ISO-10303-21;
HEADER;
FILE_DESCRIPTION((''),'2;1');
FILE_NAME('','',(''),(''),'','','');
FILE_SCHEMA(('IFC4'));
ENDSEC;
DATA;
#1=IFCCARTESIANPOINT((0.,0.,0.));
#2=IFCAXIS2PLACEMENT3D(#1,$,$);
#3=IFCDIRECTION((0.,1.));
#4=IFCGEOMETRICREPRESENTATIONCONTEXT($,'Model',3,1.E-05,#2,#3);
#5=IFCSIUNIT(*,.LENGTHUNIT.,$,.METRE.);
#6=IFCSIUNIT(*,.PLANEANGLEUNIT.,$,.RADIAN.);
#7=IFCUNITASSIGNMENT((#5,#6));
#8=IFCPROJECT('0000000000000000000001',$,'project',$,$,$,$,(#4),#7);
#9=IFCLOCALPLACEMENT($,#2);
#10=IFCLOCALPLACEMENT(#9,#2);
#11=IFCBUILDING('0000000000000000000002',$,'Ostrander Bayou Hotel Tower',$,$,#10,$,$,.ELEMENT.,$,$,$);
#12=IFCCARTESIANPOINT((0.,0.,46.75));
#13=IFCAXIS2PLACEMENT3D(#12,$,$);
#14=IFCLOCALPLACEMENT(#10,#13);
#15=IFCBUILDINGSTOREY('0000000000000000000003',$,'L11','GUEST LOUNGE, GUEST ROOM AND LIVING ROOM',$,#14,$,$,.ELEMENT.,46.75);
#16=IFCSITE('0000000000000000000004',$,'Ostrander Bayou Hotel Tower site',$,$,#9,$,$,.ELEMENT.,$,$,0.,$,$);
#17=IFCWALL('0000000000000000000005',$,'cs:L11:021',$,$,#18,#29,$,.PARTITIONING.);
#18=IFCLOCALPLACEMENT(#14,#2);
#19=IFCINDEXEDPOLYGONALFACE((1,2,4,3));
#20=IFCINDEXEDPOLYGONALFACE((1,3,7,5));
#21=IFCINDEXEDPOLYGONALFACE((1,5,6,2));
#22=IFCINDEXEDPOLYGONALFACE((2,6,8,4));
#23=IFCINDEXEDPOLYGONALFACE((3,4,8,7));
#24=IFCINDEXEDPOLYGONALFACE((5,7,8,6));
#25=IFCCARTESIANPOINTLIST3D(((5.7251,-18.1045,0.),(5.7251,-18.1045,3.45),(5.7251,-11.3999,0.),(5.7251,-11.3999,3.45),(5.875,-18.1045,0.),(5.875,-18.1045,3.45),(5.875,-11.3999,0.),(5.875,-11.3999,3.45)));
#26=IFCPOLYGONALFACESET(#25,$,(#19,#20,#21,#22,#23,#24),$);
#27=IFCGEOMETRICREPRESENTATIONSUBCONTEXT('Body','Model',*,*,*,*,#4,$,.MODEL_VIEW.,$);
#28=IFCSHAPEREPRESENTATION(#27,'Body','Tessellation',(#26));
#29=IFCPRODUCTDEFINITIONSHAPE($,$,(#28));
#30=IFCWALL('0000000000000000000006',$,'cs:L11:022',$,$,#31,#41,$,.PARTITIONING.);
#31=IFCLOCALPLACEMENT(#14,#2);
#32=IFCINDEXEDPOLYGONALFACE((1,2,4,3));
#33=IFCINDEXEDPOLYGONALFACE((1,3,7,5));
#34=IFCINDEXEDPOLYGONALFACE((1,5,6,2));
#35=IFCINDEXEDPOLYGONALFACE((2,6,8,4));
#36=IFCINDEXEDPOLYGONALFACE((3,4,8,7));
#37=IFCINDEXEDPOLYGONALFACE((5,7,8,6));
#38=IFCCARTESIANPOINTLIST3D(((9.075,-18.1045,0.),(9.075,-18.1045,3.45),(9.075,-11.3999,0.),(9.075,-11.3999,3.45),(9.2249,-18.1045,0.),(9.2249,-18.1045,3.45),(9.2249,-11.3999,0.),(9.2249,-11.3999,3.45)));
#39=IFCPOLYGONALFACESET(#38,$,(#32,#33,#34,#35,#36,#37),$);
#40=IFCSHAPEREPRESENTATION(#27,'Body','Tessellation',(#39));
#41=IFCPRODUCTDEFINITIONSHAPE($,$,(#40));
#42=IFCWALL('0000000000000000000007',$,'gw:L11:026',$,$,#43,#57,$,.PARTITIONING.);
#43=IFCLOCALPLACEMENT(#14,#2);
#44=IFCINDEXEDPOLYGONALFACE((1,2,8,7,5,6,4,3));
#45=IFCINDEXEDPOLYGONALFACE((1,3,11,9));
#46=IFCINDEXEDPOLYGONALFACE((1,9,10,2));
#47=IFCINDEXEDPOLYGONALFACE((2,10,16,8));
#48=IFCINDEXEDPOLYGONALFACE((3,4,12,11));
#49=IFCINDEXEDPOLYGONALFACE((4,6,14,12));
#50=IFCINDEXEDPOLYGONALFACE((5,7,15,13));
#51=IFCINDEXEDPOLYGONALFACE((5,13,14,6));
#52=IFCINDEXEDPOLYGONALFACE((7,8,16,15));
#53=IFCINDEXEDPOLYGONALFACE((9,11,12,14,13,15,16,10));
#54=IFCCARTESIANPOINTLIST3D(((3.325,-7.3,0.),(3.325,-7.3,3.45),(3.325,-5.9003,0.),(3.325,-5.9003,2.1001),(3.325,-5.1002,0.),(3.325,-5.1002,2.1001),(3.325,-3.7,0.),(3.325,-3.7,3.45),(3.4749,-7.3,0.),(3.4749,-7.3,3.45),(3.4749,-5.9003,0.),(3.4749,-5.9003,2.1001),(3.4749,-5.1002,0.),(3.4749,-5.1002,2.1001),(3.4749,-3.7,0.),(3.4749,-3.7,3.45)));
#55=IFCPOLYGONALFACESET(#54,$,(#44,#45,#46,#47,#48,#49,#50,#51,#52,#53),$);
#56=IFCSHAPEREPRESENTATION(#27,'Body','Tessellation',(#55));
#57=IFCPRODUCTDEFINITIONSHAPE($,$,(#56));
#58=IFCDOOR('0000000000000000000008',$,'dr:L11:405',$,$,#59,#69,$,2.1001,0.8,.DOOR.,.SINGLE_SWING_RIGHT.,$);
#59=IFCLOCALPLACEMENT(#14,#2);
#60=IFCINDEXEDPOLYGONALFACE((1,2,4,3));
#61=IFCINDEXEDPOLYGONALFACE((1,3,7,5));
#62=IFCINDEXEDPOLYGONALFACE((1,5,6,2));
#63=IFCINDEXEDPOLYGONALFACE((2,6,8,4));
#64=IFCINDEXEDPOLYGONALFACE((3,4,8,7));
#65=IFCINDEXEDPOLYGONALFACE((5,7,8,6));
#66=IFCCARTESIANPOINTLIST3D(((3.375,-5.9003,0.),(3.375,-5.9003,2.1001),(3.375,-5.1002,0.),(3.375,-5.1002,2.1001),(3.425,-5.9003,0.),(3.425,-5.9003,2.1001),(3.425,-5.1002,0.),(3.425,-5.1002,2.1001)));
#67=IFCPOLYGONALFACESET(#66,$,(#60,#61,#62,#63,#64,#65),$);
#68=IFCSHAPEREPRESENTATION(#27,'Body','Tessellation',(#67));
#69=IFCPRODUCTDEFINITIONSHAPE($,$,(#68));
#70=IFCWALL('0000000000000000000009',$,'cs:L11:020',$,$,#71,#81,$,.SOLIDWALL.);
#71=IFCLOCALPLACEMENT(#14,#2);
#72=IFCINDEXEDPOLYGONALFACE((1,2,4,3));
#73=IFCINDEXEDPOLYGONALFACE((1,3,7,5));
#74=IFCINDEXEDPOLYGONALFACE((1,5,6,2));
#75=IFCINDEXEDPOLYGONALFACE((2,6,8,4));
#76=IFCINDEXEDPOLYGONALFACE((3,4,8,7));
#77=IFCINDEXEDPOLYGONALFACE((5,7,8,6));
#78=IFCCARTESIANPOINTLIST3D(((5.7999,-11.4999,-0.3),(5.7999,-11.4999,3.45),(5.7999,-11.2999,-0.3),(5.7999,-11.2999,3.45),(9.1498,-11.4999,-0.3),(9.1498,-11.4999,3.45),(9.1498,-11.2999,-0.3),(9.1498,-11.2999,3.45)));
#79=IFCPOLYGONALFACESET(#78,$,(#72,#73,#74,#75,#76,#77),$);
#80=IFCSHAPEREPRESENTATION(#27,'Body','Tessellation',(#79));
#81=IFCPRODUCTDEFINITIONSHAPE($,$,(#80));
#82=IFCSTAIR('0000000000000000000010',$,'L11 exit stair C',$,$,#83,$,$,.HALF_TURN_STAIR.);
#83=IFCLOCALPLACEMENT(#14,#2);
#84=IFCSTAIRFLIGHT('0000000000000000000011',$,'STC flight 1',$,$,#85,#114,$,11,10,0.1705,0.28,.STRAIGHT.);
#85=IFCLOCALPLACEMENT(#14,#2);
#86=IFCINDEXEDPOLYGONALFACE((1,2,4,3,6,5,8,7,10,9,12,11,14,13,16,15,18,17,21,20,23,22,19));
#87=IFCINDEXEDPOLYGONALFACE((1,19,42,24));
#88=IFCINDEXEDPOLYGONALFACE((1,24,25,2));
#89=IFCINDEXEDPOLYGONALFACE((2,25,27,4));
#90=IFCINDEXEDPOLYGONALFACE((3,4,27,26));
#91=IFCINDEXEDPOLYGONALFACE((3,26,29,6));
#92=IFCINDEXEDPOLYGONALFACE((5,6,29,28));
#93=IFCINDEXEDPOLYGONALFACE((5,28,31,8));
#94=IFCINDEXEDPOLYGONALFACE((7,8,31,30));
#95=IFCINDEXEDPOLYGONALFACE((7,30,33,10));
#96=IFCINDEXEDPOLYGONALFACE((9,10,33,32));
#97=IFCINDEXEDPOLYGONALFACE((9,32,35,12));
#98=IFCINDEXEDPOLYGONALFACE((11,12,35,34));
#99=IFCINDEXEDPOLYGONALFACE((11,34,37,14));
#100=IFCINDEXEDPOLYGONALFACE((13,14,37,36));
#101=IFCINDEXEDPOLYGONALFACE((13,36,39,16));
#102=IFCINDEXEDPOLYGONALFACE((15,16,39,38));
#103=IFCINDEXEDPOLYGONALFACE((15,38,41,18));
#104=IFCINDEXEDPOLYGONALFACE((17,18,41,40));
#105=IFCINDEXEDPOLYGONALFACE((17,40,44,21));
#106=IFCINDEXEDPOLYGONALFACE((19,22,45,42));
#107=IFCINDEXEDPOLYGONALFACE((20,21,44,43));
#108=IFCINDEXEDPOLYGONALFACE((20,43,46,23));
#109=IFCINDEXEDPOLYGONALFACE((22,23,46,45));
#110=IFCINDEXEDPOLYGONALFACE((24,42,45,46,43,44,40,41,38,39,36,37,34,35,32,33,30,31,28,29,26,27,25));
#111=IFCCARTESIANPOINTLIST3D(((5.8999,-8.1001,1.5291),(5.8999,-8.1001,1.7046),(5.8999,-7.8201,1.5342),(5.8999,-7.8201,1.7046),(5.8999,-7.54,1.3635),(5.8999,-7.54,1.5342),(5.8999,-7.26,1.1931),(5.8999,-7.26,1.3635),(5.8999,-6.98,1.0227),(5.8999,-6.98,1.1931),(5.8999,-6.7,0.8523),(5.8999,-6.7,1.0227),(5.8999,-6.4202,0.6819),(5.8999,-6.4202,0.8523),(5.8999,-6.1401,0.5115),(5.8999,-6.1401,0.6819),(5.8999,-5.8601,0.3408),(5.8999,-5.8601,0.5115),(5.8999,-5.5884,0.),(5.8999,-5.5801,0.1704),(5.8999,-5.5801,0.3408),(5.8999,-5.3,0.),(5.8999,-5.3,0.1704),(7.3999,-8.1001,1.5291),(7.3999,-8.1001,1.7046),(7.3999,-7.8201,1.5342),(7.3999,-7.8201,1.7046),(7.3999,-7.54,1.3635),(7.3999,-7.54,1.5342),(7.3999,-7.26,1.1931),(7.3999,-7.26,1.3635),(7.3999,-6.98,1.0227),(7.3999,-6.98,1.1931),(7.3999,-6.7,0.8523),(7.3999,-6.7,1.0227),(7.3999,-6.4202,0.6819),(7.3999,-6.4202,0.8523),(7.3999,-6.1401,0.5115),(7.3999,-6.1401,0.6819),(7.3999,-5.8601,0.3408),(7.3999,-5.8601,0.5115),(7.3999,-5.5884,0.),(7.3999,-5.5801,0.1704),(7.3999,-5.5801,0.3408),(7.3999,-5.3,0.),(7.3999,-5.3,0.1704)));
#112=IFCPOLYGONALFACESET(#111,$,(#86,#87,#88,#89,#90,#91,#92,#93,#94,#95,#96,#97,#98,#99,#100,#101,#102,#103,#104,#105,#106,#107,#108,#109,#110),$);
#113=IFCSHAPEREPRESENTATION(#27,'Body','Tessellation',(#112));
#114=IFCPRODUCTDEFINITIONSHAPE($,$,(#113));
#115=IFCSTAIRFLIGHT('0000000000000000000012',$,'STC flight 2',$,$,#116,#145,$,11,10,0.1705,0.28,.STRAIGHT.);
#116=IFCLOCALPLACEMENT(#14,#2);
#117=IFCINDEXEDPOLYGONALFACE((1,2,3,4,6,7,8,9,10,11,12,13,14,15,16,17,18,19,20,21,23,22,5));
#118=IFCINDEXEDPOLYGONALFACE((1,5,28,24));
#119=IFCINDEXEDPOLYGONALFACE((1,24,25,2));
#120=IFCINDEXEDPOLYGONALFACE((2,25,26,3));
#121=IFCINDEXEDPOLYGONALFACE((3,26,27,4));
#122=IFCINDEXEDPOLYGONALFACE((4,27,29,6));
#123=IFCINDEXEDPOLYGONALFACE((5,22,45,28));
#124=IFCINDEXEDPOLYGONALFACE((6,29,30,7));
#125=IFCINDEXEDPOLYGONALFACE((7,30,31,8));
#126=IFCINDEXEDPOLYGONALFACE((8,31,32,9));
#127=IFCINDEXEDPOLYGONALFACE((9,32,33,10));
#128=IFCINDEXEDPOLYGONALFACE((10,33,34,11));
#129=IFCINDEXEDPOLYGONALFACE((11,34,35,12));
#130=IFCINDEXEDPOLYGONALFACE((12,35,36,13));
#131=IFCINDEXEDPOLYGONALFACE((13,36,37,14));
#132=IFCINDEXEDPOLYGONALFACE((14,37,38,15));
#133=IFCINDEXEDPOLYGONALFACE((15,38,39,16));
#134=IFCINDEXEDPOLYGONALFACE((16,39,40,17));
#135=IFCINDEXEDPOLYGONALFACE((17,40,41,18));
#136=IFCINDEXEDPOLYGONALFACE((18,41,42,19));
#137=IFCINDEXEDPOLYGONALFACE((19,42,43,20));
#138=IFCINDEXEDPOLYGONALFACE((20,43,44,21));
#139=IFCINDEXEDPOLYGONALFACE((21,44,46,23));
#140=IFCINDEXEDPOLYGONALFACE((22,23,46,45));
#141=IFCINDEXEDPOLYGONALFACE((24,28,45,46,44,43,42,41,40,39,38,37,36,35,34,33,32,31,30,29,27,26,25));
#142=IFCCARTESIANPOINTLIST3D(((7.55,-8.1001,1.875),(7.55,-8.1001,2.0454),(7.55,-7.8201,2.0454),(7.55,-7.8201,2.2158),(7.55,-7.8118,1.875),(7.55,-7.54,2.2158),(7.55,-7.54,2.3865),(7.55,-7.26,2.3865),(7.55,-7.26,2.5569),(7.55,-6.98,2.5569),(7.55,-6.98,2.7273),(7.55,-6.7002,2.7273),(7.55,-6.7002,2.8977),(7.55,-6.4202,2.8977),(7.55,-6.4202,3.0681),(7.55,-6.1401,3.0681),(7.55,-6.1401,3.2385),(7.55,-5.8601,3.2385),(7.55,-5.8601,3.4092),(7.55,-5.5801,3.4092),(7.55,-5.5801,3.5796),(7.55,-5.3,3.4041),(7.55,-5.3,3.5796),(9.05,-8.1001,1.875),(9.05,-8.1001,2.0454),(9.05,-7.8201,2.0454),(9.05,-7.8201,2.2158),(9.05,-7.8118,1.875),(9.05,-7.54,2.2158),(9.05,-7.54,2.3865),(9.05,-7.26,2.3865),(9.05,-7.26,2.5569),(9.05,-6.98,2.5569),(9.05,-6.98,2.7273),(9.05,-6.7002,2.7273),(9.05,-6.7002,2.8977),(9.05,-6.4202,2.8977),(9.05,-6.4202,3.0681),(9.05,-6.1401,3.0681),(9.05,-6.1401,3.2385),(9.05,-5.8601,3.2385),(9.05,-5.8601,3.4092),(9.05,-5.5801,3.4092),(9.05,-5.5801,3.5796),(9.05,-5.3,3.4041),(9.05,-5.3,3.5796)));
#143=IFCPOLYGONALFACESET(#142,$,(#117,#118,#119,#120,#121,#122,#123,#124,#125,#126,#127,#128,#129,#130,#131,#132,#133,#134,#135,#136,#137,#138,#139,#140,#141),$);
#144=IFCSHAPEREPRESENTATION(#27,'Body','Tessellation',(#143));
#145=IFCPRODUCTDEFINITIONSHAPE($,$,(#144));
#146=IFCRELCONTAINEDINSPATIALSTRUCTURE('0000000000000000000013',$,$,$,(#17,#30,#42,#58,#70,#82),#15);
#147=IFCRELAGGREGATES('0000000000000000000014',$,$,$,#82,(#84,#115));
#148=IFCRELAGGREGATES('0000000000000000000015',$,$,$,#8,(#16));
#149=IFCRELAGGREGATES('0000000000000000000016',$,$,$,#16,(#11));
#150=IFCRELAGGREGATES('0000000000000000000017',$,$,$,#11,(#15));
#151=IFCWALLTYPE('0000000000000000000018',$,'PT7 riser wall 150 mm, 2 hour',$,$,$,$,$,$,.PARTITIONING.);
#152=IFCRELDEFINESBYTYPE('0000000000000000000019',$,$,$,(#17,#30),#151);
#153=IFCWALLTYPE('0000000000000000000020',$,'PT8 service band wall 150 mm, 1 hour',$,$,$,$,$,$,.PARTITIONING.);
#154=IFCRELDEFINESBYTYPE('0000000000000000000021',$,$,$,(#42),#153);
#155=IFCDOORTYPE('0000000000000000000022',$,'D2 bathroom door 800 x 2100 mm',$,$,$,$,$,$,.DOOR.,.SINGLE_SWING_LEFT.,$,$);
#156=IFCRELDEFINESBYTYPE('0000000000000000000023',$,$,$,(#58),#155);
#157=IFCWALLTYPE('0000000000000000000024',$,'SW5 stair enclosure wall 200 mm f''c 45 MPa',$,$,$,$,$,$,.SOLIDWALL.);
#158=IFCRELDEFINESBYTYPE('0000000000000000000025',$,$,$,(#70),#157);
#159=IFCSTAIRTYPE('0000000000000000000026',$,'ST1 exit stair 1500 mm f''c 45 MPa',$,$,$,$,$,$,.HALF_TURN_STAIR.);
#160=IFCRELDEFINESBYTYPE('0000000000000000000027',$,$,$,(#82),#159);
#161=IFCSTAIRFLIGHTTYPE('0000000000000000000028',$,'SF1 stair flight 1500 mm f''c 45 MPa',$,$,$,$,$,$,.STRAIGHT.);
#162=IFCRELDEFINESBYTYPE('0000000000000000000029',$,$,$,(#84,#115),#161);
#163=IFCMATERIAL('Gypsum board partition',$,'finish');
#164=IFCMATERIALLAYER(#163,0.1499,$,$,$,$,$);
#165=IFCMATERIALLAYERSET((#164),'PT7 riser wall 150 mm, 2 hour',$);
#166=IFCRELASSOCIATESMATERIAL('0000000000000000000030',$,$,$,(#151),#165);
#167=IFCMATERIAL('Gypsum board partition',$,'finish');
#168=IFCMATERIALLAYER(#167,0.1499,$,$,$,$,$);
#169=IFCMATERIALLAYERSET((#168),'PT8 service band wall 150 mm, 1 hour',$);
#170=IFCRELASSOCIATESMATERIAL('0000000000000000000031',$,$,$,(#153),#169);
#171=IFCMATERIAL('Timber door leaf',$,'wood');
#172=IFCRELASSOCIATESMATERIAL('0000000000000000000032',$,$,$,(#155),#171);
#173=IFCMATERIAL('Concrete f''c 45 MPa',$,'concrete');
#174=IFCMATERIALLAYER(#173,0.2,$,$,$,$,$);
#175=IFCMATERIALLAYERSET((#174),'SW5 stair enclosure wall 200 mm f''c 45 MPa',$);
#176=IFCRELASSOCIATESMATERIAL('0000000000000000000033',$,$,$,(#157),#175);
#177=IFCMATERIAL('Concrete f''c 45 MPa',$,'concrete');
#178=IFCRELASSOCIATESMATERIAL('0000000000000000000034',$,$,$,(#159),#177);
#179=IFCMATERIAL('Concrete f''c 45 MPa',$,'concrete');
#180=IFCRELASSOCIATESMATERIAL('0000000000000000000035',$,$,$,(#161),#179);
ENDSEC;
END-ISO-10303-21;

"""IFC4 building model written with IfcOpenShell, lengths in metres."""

from ifc_helpers import new_model, si_unit, direction, frame, frame_2d, origin, place, context, subcontext, project, spatial, polyline, rectangle, outline, extrude, material, layer, layer_set, type_object, element, fill, aggregate, save


model = new_model("IFC4")

# Units and contexts
model_context = context("Model", 3, precision=1e-05, world=origin(), true_north=direction((0.0, 1.0)))
body_context = subcontext(model_context, "Body", "Model", "MODEL_VIEW")
ifc_project = project(units=[si_unit("LENGTHUNIT", "METRE"), si_unit("PLANEANGLEUNIT", "RADIAN")], contexts=[model_context])

# Site, building, storey
site_placement = place(None, origin())
site = spatial("IfcSite", under=ifc_project, at=site_placement, Name="Ostrander Bayou Hotel Tower site", CompositionType="ELEMENT", RefElevation=0.0)
building_placement = place(site_placement, origin())
building = spatial("IfcBuilding", under=site, at=building_placement, Name="Ostrander Bayou Hotel Tower", CompositionType="ELEMENT")
storey_placement = place(building_placement, frame((0.0, 0.0, 46.75)))
storey = spatial("IfcBuildingStorey", under=building, at=storey_placement, Name="L11", Description="GUEST LOUNGE, GUEST ROOM AND LIVING ROOM", CompositionType="ELEMENT", Elevation=46.75)

# Walls
ifc_material_1 = material(Name="Gypsum board partition", Category="finish")
ifc_layer_1 = layer(ifc_material_1, 0.1499)
ifc_layer_set_1 = layer_set([ifc_layer_1], Name="PT7 riser wall 150 mm, 2 hour")
wall_type_1 = type_object("IfcWallType", Name="PT7 riser wall 150 mm, 2 hour", PredefinedType="PARTITIONING", material=ifc_layer_set_1)
for number, where, z_axis, x_axis, name in (
    (1, (5.8, -11.3999, 0.0), (0.0, 0.0, 1.0), (0.0, -1.0, 0.0), "cs:L11:021"),
    (2, (9.1499, -11.3999, 0.0), (0.0, 0.0, 1.0), (0.0, -1.0, 0.0), "cs:L11:022"),
):
    element("IfcWall", number, at=place(storey_placement, frame(where, z_axis=z_axis, x_axis=x_axis)), inside=storey, type_object=wall_type_1, Name=name, PredefinedType="PARTITIONING", context=body_context, shape_type="SweptSolid", body=[
        extrude(rectangle(XDim=6.7046, YDim=0.1499, at=frame_2d((3.3523, 0.0))), origin(), (0.0, 0.0, 1.0), 3.45),
    ])

# Wall, opening, door
ifc_material_2 = material(Name="Gypsum board partition", Category="finish")
ifc_layer_2 = layer(ifc_material_2, 0.1499)
ifc_layer_set_2 = layer_set([ifc_layer_2], Name="PT8 service band wall 150 mm, 1 hour")
wall_type_2 = type_object("IfcWallType", Name="PT8 service band wall 150 mm, 1 hour", PredefinedType="PARTITIONING", material=ifc_layer_set_2)
wall_1_placement = place(storey_placement, frame((3.3999, -7.3, 0.0), z_axis=(0.0, 0.0, 1.0), x_axis=(0.0, 1.0, 0.0)))
wall_1 = element("IfcWall", 3, at=wall_1_placement, inside=storey, type_object=wall_type_2, Name="gw:L11:026", PredefinedType="PARTITIONING", context=body_context, shape_type="SweptSolid", body=[
    extrude(rectangle(XDim=3.6001, YDim=0.1499, at=frame_2d((1.8, 0.0))), origin(), (0.0, 0.0, 1.0), 3.45),
])
opening_1_placement = place(wall_1_placement, frame((1.3999, 0.0, 0.0)))
opening_1 = element("IfcOpeningElement", 4, at=opening_1_placement, cuts=wall_1, PredefinedType="OPENING", context=body_context, shape_type="SweptSolid", body=[
    extrude(rectangle(XDim=0.8, YDim=2.1001, at=frame_2d((0.3999, 1.05))), frame((0.0, 0.075, 0.0), z_axis=(0.0, -1.0, 0.0), x_axis=(1.0, 0.0, 0.0)), (0.0, 0.0, 1.0), 0.1499),
])
ifc_material_3 = material(Name="Timber door leaf", Category="wood")
door_type_1 = type_object("IfcDoorType", Name="D2 bathroom door 800 x 2100 mm", OperationType="SINGLE_SWING_LEFT", PredefinedType="DOOR", material=ifc_material_3)
door_1_placement = place(opening_1_placement, origin())
door_1 = element("IfcDoor", 5, at=door_1_placement, inside=storey, type_object=door_type_1, Name="dr:L11:405", OperationType="SINGLE_SWING_RIGHT", OverallHeight=2.1001, OverallWidth=0.8, PredefinedType="DOOR", context=body_context, shape_type="SweptSolid", body=[
    extrude(rectangle(XDim=0.8, YDim=2.1001, at=frame_2d((0.3999, 1.05))), frame((0.0, 0.0249, 0.0), z_axis=(0.0, -1.0, 0.0), x_axis=(1.0, 0.0, 0.0)), (0.0, 0.0, 1.0), 0.05),
])
fill(opening_1, door_1)

# Wall
ifc_material_4 = material(Name="Concrete f'c 45 MPa", Category="concrete")
ifc_layer_3 = layer(ifc_material_4, 0.2)
ifc_layer_set_3 = layer_set([ifc_layer_3], Name="SW5 stair enclosure wall 200 mm f'c 45 MPa")
wall_type_3 = type_object("IfcWallType", Name="SW5 stair enclosure wall 200 mm f'c 45 MPa", PredefinedType="SOLIDWALL", material=ifc_layer_set_3)
wall_2_placement = place(storey_placement, frame((5.8, -11.3999, -0.3), z_axis=(0.0, 0.0, 1.0), x_axis=(1.0, 0.0, 0.0)))
element("IfcWall", 6, at=wall_2_placement, inside=storey, type_object=wall_type_3, Name="cs:L11:020", PredefinedType="SOLIDWALL", context=body_context, shape_type="SweptSolid", body=[
    extrude(rectangle(XDim=3.3499, YDim=0.2, at=frame_2d((1.6748, 0.0))), origin(), (0.0, 0.0, 1.0), 3.75),
])

# Stair, stair flights
ifc_material_5 = material(Name="Concrete f'c 45 MPa", Category="concrete")
stair_type = type_object("IfcStairType", Name="ST1 exit stair 1500 mm f'c 45 MPa", PredefinedType="HALF_TURN_STAIR", material=ifc_material_5)
stair_placement = place(storey_placement, origin())
stair = element("IfcStair", 7, at=stair_placement, inside=storey, type_object=stair_type, Name="L11 exit stair C", PredefinedType="HALF_TURN_STAIR")
ifc_material_6 = material(Name="Concrete f'c 45 MPa", Category="concrete")
stair_flight_type = type_object("IfcStairFlightType", Name="SF1 stair flight 1500 mm f'c 45 MPa", PredefinedType="STRAIGHT", material=ifc_material_6)
stair_flight_1_placement = place(storey_placement, frame((6.6499, -5.3, 0.0), z_axis=(0.0, 0.0, 1.0), x_axis=(0.0, -1.0, 0.0)))
stair_flight_1 = element("IfcStairFlight", 8, at=stair_flight_1_placement, type_object=stair_flight_type, Name="STC flight 1", NumberOfRisers=11, NumberOfTreads=10, PredefinedType="STRAIGHT", RiserHeight=0.1705, TreadLength=0.28, context=body_context, shape_type="SweptSolid", body=[
    extrude(outline(polyline([(0.0, 0.0), (0.0, 0.1704), (0.28, 0.1704), (0.28, 0.3408), (0.5601, 0.3408), (0.5601, 0.5115), (0.8401, 0.5115), (0.8401, 0.6819), (1.1201, 0.6819), (1.1201, 0.8523), (1.3999, 0.8523), (1.3999, 1.0227), (1.6799, 1.0227), (1.6799, 1.1931), (1.96, 1.1931), (1.96, 1.3635), (2.24, 1.3635), (2.24, 1.5342), (2.52, 1.5342), (2.52, 1.7046), (2.8, 1.7046), (2.8, 1.875), (2.8, 1.5291), (0.2883, 0.0), (0.0, 0.0)])), frame((0.0, 0.75, 0.0), z_axis=(0.0, -1.0, 0.0), x_axis=(1.0, 0.0, 0.0)), (0.0, 0.0, 1.0), 1.5),
])
stair_flight_2_placement = place(storey_placement, frame((8.3, -8.1001, 1.875), z_axis=(0.0, 0.0, 1.0), x_axis=(0.0, 1.0, 0.0)))
stair_flight_2 = element("IfcStairFlight", 9, at=stair_flight_2_placement, type_object=stair_flight_type, Name="STC flight 2", NumberOfRisers=11, NumberOfTreads=10, PredefinedType="STRAIGHT", RiserHeight=0.1705, TreadLength=0.28, context=body_context, shape_type="SweptSolid", body=[
    extrude(outline(polyline([(0.0, 0.0), (0.0, 0.1704), (0.28, 0.1704), (0.28, 0.3408), (0.5601, 0.3408), (0.5601, 0.5115), (0.8401, 0.5115), (0.8401, 0.6819), (1.1201, 0.6819), (1.1201, 0.8523), (1.3999, 0.8523), (1.3999, 1.0227), (1.6799, 1.0227), (1.6799, 1.1931), (1.96, 1.1931), (1.96, 1.3635), (2.24, 1.3635), (2.24, 1.5342), (2.52, 1.5342), (2.52, 1.7046), (2.8, 1.7046), (2.8, 1.875), (2.8, 1.5291), (0.2883, 0.0), (0.0, 0.0)])), frame((0.0, 0.75, 0.0), z_axis=(0.0, -1.0, 0.0), x_axis=(1.0, 0.0, 0.0)), (0.0, 0.0, 1.0), 1.5),
])
aggregate(stair, [stair_flight_1, stair_flight_2])

save(model, "model.ifc")
